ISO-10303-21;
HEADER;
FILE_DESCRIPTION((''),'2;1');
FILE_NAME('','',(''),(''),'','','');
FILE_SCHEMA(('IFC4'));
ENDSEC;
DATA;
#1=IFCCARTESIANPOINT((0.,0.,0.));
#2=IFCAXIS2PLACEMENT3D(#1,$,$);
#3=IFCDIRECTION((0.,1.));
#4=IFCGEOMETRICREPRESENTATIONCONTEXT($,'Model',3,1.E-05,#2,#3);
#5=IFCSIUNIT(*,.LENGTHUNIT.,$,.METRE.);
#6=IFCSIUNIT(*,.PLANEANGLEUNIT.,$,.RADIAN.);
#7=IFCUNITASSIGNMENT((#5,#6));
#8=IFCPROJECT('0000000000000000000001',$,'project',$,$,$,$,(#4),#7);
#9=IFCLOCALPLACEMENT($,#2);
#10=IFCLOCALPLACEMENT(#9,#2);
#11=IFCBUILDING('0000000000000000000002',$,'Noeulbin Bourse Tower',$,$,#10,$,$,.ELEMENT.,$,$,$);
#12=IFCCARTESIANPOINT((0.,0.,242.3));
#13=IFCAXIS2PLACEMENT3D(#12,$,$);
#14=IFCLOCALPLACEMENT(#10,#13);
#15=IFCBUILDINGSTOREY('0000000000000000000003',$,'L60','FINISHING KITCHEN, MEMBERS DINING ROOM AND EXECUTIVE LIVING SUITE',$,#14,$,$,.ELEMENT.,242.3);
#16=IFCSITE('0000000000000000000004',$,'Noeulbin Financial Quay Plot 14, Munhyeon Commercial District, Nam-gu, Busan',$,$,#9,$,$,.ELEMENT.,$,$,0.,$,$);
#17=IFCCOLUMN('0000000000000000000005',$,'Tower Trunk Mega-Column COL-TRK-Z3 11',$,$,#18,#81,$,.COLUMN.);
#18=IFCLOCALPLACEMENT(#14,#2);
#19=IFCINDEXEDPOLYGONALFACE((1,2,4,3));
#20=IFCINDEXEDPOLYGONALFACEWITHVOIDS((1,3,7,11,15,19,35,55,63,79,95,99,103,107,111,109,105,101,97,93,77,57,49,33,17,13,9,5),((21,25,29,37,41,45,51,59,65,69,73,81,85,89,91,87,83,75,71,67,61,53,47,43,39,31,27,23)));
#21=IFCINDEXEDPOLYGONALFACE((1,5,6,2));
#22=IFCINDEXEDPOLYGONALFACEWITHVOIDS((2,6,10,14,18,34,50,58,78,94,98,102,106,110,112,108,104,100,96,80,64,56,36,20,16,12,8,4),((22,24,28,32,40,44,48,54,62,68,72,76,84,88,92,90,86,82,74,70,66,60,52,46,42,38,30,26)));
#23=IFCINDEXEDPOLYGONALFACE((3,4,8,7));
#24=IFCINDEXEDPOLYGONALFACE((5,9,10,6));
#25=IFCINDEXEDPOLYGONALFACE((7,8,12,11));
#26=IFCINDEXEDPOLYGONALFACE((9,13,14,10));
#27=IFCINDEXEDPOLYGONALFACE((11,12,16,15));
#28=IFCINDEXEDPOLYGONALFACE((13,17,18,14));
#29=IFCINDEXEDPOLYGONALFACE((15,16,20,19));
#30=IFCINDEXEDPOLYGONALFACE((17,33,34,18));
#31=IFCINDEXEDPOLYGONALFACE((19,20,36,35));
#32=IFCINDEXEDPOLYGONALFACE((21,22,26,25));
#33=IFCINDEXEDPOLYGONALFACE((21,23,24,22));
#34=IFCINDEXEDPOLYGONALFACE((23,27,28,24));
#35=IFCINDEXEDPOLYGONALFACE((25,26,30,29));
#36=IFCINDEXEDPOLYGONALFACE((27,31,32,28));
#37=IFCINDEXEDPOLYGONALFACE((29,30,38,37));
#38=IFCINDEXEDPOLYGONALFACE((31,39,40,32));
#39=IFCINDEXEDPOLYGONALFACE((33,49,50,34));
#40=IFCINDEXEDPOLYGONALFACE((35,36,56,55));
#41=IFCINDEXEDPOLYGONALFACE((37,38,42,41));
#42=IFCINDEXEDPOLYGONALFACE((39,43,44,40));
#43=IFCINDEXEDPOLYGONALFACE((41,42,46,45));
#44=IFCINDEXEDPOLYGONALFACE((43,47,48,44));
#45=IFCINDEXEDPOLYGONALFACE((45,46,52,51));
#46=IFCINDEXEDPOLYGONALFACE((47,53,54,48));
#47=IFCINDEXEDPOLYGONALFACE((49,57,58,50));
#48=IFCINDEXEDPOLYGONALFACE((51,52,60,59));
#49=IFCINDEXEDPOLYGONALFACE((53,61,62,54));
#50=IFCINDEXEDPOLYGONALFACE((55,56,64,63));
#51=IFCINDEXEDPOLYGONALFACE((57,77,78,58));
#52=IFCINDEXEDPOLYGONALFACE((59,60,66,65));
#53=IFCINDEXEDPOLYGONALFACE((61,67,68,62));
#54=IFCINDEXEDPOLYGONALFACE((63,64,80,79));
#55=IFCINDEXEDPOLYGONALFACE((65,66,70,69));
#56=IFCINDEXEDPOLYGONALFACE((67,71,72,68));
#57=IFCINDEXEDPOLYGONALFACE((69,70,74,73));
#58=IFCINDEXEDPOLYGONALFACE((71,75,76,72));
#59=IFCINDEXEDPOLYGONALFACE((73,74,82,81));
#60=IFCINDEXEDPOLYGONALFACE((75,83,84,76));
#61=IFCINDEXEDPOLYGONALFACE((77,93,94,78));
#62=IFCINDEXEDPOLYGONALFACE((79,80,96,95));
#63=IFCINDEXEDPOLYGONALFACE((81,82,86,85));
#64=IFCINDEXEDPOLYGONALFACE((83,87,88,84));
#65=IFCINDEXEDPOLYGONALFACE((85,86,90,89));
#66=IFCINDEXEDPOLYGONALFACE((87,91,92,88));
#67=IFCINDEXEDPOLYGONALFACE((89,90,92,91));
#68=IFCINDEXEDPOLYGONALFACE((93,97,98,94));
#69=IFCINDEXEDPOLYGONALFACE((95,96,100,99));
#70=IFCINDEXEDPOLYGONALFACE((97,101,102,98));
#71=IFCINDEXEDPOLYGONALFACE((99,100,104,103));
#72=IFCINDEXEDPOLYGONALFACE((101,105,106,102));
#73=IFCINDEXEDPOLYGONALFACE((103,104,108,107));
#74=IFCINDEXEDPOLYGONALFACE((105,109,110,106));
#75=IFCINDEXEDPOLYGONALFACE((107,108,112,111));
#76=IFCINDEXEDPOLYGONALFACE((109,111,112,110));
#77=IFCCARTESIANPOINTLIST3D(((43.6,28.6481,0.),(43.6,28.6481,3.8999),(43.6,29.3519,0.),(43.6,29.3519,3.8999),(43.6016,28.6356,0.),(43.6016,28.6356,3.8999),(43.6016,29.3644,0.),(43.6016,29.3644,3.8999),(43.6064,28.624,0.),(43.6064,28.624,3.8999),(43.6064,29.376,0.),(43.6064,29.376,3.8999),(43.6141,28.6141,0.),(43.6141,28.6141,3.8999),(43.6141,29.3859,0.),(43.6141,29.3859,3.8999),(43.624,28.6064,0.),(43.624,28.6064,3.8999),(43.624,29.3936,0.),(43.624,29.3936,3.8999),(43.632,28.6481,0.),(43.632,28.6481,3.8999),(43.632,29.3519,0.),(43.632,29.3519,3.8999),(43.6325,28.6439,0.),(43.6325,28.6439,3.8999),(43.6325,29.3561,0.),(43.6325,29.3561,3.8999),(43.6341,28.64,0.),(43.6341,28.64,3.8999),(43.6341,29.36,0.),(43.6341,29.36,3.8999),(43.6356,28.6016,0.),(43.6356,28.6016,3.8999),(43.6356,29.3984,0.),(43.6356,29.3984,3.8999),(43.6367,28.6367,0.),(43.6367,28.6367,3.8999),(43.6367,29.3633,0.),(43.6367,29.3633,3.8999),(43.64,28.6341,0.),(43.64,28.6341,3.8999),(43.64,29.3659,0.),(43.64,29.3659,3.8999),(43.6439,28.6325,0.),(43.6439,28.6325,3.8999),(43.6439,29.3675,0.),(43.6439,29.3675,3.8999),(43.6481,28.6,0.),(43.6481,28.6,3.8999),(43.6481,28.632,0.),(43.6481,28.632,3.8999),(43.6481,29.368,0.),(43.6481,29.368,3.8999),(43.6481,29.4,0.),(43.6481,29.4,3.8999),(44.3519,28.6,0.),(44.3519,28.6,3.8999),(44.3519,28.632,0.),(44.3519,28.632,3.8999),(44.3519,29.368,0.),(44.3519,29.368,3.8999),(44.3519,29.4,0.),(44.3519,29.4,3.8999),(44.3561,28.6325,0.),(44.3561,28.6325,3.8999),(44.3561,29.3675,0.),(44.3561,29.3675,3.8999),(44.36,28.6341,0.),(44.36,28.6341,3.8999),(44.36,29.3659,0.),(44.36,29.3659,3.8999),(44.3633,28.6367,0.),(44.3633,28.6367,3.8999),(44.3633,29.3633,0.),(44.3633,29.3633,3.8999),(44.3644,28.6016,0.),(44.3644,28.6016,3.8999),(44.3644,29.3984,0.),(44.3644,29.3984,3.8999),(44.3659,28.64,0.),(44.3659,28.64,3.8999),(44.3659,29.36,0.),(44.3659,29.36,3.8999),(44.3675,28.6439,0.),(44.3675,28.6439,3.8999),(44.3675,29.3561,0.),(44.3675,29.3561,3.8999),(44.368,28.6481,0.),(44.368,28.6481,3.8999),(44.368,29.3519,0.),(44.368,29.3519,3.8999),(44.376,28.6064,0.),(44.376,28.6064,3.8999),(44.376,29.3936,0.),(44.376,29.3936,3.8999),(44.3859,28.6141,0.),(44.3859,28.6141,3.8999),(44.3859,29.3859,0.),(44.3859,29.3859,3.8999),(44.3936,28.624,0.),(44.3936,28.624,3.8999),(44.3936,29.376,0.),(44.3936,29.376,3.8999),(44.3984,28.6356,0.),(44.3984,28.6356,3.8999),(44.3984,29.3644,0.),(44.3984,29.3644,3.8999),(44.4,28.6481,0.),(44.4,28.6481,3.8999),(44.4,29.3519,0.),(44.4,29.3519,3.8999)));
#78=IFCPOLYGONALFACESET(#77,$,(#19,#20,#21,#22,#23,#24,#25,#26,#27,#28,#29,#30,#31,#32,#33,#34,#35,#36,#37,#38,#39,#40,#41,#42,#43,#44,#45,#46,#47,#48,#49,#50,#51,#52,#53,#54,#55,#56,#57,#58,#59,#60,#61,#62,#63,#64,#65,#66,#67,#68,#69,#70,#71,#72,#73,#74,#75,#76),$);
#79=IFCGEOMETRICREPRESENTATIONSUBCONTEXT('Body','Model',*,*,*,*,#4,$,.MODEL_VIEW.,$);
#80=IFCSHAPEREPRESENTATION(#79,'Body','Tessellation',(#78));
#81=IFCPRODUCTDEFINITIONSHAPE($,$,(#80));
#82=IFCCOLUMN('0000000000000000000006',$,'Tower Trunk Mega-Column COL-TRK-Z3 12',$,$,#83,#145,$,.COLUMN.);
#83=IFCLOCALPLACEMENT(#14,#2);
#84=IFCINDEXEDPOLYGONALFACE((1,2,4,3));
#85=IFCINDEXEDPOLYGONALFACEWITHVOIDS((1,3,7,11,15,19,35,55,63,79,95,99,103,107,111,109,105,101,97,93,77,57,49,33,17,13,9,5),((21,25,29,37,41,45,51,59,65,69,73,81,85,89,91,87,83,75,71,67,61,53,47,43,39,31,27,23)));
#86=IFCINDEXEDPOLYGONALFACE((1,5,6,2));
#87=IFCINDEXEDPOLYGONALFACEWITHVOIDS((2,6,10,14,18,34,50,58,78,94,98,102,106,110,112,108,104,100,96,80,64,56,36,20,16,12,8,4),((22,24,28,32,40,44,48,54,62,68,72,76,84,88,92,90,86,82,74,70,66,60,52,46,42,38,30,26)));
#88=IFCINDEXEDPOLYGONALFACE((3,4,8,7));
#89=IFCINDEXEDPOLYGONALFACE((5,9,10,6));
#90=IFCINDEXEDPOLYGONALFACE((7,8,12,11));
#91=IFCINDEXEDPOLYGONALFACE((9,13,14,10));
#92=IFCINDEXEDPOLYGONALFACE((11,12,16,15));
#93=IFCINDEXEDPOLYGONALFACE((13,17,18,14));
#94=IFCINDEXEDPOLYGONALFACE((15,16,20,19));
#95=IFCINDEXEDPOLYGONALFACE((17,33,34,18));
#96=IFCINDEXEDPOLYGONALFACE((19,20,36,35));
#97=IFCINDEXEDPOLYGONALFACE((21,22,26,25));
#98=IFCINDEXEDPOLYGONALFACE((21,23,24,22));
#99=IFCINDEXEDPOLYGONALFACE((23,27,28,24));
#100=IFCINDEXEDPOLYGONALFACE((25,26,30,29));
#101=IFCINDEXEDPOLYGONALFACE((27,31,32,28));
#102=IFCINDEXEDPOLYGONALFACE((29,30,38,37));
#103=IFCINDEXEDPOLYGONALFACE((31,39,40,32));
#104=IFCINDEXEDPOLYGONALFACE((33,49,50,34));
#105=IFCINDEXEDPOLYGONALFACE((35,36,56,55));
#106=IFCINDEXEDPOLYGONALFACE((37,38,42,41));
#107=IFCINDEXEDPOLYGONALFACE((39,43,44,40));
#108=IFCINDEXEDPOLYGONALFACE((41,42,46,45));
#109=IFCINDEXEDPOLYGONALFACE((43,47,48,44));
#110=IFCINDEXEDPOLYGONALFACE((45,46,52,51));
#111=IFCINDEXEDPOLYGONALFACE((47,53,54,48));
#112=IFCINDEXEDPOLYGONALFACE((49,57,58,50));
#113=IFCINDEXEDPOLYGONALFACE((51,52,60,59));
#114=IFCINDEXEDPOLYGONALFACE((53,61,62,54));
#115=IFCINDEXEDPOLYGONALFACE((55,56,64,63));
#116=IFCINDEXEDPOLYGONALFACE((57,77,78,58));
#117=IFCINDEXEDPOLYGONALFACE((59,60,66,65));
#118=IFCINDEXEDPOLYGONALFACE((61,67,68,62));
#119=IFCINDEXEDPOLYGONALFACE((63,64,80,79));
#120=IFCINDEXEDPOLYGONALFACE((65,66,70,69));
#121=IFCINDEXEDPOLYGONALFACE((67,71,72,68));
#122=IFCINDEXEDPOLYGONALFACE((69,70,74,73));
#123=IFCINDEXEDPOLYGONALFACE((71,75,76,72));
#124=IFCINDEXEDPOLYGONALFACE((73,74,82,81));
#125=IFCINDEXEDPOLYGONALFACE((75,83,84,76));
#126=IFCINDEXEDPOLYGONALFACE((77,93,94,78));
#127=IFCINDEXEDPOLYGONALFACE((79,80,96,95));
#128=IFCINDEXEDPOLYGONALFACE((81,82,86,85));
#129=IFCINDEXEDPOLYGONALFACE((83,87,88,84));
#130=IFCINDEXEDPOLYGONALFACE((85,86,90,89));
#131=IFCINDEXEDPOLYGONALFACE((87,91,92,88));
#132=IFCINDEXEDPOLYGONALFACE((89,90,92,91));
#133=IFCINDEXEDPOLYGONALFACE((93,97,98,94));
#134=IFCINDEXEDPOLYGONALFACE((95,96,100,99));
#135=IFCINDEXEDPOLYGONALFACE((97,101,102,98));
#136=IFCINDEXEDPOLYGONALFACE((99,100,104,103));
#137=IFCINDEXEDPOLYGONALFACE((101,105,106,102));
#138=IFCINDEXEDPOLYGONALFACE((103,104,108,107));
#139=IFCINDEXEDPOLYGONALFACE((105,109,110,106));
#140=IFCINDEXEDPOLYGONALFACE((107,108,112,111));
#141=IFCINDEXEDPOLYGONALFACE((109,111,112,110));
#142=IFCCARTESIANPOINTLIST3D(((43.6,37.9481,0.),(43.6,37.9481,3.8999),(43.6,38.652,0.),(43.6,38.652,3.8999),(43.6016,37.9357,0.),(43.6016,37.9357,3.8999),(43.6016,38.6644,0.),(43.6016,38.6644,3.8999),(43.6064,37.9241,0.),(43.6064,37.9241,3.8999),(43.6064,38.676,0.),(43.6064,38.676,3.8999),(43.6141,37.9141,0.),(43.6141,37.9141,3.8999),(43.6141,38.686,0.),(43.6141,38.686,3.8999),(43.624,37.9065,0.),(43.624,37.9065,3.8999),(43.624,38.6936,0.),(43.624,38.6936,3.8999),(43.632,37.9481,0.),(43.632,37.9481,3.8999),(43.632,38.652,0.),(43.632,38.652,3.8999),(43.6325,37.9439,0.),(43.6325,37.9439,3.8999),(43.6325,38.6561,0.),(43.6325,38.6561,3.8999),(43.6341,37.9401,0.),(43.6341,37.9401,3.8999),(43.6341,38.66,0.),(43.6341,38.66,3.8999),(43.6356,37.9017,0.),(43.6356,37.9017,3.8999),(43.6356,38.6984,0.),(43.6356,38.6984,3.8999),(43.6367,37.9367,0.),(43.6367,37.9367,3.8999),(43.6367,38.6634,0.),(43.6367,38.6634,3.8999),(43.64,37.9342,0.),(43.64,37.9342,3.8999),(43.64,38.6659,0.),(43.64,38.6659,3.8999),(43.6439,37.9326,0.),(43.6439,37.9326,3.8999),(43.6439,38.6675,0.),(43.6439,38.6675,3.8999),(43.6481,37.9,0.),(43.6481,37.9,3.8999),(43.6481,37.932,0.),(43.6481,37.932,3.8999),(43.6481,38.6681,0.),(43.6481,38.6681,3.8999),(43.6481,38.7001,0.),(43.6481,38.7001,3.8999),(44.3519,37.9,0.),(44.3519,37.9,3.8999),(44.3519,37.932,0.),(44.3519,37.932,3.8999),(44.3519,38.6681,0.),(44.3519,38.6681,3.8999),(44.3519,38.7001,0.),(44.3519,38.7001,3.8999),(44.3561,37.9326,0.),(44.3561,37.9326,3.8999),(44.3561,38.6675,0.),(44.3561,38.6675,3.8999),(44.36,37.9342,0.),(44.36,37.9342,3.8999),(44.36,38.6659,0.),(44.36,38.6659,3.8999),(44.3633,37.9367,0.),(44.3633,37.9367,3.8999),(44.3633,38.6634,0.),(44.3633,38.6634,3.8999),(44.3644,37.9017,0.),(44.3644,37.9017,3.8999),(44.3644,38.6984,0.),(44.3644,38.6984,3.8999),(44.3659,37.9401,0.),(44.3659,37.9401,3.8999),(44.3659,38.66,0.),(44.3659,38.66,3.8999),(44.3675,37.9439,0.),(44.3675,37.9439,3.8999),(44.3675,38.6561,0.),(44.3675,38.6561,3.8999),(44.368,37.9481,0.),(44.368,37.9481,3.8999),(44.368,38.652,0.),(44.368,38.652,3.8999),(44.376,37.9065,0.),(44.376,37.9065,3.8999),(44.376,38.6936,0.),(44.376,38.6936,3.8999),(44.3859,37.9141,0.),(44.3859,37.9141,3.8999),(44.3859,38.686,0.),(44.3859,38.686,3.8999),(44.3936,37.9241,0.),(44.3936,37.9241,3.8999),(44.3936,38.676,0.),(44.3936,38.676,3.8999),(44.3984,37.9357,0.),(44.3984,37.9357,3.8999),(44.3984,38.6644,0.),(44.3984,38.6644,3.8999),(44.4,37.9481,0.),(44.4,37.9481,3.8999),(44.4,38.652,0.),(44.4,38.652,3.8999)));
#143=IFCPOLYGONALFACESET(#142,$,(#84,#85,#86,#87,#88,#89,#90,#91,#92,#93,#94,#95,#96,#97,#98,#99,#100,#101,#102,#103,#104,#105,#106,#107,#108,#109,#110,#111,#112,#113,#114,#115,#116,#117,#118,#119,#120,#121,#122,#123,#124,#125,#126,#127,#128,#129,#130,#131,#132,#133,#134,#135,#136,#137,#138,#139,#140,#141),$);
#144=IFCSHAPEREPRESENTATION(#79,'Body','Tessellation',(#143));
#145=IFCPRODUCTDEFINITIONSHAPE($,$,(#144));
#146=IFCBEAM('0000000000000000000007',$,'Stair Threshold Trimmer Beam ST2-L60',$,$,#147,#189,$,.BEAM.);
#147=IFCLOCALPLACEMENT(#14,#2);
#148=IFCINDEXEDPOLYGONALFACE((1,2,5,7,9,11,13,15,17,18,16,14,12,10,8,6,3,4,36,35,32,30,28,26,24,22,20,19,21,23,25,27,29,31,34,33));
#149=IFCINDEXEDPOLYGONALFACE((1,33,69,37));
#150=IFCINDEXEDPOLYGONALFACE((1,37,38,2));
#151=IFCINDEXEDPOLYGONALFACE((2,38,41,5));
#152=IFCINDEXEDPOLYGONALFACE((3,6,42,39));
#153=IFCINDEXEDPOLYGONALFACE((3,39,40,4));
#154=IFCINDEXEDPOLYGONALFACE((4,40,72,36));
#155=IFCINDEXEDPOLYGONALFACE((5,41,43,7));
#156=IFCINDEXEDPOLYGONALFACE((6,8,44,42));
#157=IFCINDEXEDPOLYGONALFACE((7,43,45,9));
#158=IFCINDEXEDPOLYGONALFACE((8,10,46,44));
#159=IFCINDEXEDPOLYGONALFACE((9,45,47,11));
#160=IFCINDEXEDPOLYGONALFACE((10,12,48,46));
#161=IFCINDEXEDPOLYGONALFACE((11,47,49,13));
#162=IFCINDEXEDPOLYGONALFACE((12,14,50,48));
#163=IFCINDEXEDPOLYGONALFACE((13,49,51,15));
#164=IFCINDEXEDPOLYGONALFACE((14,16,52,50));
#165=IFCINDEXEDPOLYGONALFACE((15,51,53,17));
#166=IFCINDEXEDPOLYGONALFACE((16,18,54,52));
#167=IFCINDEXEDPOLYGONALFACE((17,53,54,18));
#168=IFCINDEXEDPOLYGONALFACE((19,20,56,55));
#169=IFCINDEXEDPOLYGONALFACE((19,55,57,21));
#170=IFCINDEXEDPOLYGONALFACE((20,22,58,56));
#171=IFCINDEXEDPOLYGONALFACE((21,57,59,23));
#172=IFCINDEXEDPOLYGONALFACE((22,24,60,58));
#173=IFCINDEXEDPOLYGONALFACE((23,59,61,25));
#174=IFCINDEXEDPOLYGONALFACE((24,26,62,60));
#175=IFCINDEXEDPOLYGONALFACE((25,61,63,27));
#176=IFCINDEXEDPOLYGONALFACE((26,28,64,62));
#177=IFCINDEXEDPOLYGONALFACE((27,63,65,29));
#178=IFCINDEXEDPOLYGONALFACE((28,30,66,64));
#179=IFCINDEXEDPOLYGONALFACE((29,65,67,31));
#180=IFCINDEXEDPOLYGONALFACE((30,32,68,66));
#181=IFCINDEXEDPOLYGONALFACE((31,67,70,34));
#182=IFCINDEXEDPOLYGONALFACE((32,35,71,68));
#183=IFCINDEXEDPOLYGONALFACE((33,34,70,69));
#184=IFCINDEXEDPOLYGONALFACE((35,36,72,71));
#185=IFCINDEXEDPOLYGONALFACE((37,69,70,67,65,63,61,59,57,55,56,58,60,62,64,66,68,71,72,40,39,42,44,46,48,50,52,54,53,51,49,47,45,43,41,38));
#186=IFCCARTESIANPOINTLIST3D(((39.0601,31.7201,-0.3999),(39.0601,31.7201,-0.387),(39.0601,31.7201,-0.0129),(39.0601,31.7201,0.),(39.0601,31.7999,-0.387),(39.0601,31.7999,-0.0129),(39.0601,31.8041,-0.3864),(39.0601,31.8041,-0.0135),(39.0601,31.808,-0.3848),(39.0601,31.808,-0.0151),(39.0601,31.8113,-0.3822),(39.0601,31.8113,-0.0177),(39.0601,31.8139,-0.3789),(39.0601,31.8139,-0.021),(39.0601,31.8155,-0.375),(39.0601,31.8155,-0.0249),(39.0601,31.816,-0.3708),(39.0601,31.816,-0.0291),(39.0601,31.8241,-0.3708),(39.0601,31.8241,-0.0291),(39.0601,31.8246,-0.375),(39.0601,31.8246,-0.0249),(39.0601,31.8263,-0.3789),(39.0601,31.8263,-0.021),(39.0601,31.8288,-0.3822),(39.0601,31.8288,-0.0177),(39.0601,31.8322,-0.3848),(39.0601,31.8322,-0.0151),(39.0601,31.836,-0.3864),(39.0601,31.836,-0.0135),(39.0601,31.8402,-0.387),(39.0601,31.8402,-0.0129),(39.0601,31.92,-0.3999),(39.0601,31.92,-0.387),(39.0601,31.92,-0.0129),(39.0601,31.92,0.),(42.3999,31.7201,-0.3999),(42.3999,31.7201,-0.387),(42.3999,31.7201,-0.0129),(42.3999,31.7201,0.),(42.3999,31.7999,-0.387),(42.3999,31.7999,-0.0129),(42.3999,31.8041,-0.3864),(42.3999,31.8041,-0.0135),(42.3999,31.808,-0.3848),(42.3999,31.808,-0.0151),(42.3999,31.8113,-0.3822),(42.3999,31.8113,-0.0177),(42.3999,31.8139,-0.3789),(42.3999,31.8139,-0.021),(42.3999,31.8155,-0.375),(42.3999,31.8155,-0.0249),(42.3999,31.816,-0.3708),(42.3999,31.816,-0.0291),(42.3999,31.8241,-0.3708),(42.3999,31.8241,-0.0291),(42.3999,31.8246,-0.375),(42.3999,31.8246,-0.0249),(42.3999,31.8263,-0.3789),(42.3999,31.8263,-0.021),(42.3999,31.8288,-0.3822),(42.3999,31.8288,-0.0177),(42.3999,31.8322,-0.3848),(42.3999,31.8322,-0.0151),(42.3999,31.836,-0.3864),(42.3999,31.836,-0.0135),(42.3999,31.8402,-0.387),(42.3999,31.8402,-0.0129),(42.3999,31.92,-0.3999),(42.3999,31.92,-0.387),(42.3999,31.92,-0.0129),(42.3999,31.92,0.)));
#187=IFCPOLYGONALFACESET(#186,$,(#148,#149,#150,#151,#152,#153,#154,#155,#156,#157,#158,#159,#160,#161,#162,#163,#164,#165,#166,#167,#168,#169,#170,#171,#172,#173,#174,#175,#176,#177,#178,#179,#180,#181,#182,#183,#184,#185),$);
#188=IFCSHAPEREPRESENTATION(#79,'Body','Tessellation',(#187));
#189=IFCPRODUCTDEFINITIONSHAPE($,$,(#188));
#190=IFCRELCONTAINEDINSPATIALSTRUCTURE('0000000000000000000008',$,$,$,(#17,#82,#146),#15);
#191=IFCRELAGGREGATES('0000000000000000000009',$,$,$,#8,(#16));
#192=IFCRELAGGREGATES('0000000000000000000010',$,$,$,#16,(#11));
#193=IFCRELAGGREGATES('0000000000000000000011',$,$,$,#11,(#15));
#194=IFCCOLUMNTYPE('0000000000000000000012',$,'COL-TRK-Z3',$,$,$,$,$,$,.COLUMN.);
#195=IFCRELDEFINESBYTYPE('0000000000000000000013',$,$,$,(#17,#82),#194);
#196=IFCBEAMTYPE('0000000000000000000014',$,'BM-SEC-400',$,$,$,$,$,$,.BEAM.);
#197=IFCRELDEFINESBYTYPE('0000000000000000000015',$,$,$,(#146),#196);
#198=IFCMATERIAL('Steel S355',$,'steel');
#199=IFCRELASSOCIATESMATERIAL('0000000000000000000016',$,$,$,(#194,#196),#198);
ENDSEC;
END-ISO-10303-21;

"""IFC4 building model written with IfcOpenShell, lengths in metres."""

from ifc_helpers import new_model, si_unit, direction, frame, origin, origin_2d, place, context, subcontext, project, spatial, hollow_rectangle, i_section, extrude, material, material_profile, profile_set, type_object, element, save


model = new_model("IFC4")

# Units and contexts
model_context = context("Model", 3, precision=1e-05, world=origin(), true_north=direction((0.0, 1.0)))
body_context = subcontext(model_context, "Body", "Model", "MODEL_VIEW")
ifc_project = project(units=[si_unit("LENGTHUNIT", "METRE"), si_unit("PLANEANGLEUNIT", "RADIAN")], contexts=[model_context])

# Site, building, storey
site_placement = place(None, origin())
site = spatial("IfcSite", under=ifc_project, at=site_placement, Name="Noeulbin Financial Quay Plot 14, Munhyeon Commercial District, Nam-gu, Busan", CompositionType="ELEMENT", RefElevation=0.0)
building_placement = place(site_placement, origin())
building = spatial("IfcBuilding", under=site, at=building_placement, Name="Noeulbin Bourse Tower", CompositionType="ELEMENT")
storey_placement = place(building_placement, frame((0.0, 0.0, 242.3)))
storey = spatial("IfcBuildingStorey", under=building, at=storey_placement, Name="L60", Description="FINISHING KITCHEN, MEMBERS DINING ROOM AND EXECUTIVE LIVING SUITE", CompositionType="ELEMENT", Elevation=242.3)

# Columns
ifc_material_1 = material(Name="Steel S355", Category="steel")
ifc_material_profile_1 = material_profile(ifc_material_1, hollow_rectangle(XDim=0.8, YDim=0.8, WallThickness=0.032, InnerFilletRadius=0.0161, OuterFilletRadius=0.0481, at=origin_2d()), Name="BOX-800x800x32", Category="LoadBearing")
ifc_profile_set_1 = profile_set([ifc_material_profile_1], Name="Steel S355")
column_type = type_object("IfcColumnType", Name="COL-TRK-Z3", PredefinedType="COLUMN", material=ifc_profile_set_1)
for number, where, z_axis, x_axis, name in (
    (1, (44.0, 29.0, 0.0), (0.0, 0.0, 1.0), (1.0, 0.0, 0.0), "Tower Trunk Mega-Column COL-TRK-Z3 11"),
    (2, (44.0, 38.3, 0.0), (0.0, 0.0, 1.0), (1.0, 0.0, 0.0), "Tower Trunk Mega-Column COL-TRK-Z3 12"),
):
    element("IfcColumn", number, at=place(storey_placement, frame(where, z_axis=z_axis, x_axis=x_axis)), inside=storey, type_object=column_type, Name=name, PredefinedType="COLUMN", context=body_context, shape_type="SweptSolid", body=[
        extrude(hollow_rectangle(XDim=0.8, YDim=0.8, WallThickness=0.032, InnerFilletRadius=0.0161, OuterFilletRadius=0.0481, at=origin_2d()), origin(), (0.0, 0.0, 1.0), 3.8999),
    ])

# Beam
ifc_material_profile_2 = material_profile(ifc_material_1, i_section(OverallWidth=0.2, OverallDepth=0.3999, WebThickness=0.0081, FlangeThickness=0.0129, FilletRadius=0.0161, at=origin_2d()), Name="H-400x200x8x13", Category="LoadBearing")
ifc_profile_set_2 = profile_set([ifc_material_profile_2], Name="Steel S355")
beam_type = type_object("IfcBeamType", Name="BM-SEC-400", PredefinedType="BEAM", material=ifc_profile_set_2)
beam_placement = place(storey_placement, frame((39.0601, 31.8201, -0.2), z_axis=(1.0, 0.0, 0.0), x_axis=(0.0, 1.0, 0.0)))
element("IfcBeam", 3, at=beam_placement, inside=storey, type_object=beam_type, Name="Stair Threshold Trimmer Beam ST2-L60", PredefinedType="BEAM", context=body_context, shape_type="SweptSolid", body=[
    extrude(i_section(OverallWidth=0.2, OverallDepth=0.3999, WebThickness=0.0081, FlangeThickness=0.0129, FilletRadius=0.0161, at=origin_2d()), origin(), (0.0, 0.0, 1.0), 3.3398),
])

save(model, "model.ifc")
